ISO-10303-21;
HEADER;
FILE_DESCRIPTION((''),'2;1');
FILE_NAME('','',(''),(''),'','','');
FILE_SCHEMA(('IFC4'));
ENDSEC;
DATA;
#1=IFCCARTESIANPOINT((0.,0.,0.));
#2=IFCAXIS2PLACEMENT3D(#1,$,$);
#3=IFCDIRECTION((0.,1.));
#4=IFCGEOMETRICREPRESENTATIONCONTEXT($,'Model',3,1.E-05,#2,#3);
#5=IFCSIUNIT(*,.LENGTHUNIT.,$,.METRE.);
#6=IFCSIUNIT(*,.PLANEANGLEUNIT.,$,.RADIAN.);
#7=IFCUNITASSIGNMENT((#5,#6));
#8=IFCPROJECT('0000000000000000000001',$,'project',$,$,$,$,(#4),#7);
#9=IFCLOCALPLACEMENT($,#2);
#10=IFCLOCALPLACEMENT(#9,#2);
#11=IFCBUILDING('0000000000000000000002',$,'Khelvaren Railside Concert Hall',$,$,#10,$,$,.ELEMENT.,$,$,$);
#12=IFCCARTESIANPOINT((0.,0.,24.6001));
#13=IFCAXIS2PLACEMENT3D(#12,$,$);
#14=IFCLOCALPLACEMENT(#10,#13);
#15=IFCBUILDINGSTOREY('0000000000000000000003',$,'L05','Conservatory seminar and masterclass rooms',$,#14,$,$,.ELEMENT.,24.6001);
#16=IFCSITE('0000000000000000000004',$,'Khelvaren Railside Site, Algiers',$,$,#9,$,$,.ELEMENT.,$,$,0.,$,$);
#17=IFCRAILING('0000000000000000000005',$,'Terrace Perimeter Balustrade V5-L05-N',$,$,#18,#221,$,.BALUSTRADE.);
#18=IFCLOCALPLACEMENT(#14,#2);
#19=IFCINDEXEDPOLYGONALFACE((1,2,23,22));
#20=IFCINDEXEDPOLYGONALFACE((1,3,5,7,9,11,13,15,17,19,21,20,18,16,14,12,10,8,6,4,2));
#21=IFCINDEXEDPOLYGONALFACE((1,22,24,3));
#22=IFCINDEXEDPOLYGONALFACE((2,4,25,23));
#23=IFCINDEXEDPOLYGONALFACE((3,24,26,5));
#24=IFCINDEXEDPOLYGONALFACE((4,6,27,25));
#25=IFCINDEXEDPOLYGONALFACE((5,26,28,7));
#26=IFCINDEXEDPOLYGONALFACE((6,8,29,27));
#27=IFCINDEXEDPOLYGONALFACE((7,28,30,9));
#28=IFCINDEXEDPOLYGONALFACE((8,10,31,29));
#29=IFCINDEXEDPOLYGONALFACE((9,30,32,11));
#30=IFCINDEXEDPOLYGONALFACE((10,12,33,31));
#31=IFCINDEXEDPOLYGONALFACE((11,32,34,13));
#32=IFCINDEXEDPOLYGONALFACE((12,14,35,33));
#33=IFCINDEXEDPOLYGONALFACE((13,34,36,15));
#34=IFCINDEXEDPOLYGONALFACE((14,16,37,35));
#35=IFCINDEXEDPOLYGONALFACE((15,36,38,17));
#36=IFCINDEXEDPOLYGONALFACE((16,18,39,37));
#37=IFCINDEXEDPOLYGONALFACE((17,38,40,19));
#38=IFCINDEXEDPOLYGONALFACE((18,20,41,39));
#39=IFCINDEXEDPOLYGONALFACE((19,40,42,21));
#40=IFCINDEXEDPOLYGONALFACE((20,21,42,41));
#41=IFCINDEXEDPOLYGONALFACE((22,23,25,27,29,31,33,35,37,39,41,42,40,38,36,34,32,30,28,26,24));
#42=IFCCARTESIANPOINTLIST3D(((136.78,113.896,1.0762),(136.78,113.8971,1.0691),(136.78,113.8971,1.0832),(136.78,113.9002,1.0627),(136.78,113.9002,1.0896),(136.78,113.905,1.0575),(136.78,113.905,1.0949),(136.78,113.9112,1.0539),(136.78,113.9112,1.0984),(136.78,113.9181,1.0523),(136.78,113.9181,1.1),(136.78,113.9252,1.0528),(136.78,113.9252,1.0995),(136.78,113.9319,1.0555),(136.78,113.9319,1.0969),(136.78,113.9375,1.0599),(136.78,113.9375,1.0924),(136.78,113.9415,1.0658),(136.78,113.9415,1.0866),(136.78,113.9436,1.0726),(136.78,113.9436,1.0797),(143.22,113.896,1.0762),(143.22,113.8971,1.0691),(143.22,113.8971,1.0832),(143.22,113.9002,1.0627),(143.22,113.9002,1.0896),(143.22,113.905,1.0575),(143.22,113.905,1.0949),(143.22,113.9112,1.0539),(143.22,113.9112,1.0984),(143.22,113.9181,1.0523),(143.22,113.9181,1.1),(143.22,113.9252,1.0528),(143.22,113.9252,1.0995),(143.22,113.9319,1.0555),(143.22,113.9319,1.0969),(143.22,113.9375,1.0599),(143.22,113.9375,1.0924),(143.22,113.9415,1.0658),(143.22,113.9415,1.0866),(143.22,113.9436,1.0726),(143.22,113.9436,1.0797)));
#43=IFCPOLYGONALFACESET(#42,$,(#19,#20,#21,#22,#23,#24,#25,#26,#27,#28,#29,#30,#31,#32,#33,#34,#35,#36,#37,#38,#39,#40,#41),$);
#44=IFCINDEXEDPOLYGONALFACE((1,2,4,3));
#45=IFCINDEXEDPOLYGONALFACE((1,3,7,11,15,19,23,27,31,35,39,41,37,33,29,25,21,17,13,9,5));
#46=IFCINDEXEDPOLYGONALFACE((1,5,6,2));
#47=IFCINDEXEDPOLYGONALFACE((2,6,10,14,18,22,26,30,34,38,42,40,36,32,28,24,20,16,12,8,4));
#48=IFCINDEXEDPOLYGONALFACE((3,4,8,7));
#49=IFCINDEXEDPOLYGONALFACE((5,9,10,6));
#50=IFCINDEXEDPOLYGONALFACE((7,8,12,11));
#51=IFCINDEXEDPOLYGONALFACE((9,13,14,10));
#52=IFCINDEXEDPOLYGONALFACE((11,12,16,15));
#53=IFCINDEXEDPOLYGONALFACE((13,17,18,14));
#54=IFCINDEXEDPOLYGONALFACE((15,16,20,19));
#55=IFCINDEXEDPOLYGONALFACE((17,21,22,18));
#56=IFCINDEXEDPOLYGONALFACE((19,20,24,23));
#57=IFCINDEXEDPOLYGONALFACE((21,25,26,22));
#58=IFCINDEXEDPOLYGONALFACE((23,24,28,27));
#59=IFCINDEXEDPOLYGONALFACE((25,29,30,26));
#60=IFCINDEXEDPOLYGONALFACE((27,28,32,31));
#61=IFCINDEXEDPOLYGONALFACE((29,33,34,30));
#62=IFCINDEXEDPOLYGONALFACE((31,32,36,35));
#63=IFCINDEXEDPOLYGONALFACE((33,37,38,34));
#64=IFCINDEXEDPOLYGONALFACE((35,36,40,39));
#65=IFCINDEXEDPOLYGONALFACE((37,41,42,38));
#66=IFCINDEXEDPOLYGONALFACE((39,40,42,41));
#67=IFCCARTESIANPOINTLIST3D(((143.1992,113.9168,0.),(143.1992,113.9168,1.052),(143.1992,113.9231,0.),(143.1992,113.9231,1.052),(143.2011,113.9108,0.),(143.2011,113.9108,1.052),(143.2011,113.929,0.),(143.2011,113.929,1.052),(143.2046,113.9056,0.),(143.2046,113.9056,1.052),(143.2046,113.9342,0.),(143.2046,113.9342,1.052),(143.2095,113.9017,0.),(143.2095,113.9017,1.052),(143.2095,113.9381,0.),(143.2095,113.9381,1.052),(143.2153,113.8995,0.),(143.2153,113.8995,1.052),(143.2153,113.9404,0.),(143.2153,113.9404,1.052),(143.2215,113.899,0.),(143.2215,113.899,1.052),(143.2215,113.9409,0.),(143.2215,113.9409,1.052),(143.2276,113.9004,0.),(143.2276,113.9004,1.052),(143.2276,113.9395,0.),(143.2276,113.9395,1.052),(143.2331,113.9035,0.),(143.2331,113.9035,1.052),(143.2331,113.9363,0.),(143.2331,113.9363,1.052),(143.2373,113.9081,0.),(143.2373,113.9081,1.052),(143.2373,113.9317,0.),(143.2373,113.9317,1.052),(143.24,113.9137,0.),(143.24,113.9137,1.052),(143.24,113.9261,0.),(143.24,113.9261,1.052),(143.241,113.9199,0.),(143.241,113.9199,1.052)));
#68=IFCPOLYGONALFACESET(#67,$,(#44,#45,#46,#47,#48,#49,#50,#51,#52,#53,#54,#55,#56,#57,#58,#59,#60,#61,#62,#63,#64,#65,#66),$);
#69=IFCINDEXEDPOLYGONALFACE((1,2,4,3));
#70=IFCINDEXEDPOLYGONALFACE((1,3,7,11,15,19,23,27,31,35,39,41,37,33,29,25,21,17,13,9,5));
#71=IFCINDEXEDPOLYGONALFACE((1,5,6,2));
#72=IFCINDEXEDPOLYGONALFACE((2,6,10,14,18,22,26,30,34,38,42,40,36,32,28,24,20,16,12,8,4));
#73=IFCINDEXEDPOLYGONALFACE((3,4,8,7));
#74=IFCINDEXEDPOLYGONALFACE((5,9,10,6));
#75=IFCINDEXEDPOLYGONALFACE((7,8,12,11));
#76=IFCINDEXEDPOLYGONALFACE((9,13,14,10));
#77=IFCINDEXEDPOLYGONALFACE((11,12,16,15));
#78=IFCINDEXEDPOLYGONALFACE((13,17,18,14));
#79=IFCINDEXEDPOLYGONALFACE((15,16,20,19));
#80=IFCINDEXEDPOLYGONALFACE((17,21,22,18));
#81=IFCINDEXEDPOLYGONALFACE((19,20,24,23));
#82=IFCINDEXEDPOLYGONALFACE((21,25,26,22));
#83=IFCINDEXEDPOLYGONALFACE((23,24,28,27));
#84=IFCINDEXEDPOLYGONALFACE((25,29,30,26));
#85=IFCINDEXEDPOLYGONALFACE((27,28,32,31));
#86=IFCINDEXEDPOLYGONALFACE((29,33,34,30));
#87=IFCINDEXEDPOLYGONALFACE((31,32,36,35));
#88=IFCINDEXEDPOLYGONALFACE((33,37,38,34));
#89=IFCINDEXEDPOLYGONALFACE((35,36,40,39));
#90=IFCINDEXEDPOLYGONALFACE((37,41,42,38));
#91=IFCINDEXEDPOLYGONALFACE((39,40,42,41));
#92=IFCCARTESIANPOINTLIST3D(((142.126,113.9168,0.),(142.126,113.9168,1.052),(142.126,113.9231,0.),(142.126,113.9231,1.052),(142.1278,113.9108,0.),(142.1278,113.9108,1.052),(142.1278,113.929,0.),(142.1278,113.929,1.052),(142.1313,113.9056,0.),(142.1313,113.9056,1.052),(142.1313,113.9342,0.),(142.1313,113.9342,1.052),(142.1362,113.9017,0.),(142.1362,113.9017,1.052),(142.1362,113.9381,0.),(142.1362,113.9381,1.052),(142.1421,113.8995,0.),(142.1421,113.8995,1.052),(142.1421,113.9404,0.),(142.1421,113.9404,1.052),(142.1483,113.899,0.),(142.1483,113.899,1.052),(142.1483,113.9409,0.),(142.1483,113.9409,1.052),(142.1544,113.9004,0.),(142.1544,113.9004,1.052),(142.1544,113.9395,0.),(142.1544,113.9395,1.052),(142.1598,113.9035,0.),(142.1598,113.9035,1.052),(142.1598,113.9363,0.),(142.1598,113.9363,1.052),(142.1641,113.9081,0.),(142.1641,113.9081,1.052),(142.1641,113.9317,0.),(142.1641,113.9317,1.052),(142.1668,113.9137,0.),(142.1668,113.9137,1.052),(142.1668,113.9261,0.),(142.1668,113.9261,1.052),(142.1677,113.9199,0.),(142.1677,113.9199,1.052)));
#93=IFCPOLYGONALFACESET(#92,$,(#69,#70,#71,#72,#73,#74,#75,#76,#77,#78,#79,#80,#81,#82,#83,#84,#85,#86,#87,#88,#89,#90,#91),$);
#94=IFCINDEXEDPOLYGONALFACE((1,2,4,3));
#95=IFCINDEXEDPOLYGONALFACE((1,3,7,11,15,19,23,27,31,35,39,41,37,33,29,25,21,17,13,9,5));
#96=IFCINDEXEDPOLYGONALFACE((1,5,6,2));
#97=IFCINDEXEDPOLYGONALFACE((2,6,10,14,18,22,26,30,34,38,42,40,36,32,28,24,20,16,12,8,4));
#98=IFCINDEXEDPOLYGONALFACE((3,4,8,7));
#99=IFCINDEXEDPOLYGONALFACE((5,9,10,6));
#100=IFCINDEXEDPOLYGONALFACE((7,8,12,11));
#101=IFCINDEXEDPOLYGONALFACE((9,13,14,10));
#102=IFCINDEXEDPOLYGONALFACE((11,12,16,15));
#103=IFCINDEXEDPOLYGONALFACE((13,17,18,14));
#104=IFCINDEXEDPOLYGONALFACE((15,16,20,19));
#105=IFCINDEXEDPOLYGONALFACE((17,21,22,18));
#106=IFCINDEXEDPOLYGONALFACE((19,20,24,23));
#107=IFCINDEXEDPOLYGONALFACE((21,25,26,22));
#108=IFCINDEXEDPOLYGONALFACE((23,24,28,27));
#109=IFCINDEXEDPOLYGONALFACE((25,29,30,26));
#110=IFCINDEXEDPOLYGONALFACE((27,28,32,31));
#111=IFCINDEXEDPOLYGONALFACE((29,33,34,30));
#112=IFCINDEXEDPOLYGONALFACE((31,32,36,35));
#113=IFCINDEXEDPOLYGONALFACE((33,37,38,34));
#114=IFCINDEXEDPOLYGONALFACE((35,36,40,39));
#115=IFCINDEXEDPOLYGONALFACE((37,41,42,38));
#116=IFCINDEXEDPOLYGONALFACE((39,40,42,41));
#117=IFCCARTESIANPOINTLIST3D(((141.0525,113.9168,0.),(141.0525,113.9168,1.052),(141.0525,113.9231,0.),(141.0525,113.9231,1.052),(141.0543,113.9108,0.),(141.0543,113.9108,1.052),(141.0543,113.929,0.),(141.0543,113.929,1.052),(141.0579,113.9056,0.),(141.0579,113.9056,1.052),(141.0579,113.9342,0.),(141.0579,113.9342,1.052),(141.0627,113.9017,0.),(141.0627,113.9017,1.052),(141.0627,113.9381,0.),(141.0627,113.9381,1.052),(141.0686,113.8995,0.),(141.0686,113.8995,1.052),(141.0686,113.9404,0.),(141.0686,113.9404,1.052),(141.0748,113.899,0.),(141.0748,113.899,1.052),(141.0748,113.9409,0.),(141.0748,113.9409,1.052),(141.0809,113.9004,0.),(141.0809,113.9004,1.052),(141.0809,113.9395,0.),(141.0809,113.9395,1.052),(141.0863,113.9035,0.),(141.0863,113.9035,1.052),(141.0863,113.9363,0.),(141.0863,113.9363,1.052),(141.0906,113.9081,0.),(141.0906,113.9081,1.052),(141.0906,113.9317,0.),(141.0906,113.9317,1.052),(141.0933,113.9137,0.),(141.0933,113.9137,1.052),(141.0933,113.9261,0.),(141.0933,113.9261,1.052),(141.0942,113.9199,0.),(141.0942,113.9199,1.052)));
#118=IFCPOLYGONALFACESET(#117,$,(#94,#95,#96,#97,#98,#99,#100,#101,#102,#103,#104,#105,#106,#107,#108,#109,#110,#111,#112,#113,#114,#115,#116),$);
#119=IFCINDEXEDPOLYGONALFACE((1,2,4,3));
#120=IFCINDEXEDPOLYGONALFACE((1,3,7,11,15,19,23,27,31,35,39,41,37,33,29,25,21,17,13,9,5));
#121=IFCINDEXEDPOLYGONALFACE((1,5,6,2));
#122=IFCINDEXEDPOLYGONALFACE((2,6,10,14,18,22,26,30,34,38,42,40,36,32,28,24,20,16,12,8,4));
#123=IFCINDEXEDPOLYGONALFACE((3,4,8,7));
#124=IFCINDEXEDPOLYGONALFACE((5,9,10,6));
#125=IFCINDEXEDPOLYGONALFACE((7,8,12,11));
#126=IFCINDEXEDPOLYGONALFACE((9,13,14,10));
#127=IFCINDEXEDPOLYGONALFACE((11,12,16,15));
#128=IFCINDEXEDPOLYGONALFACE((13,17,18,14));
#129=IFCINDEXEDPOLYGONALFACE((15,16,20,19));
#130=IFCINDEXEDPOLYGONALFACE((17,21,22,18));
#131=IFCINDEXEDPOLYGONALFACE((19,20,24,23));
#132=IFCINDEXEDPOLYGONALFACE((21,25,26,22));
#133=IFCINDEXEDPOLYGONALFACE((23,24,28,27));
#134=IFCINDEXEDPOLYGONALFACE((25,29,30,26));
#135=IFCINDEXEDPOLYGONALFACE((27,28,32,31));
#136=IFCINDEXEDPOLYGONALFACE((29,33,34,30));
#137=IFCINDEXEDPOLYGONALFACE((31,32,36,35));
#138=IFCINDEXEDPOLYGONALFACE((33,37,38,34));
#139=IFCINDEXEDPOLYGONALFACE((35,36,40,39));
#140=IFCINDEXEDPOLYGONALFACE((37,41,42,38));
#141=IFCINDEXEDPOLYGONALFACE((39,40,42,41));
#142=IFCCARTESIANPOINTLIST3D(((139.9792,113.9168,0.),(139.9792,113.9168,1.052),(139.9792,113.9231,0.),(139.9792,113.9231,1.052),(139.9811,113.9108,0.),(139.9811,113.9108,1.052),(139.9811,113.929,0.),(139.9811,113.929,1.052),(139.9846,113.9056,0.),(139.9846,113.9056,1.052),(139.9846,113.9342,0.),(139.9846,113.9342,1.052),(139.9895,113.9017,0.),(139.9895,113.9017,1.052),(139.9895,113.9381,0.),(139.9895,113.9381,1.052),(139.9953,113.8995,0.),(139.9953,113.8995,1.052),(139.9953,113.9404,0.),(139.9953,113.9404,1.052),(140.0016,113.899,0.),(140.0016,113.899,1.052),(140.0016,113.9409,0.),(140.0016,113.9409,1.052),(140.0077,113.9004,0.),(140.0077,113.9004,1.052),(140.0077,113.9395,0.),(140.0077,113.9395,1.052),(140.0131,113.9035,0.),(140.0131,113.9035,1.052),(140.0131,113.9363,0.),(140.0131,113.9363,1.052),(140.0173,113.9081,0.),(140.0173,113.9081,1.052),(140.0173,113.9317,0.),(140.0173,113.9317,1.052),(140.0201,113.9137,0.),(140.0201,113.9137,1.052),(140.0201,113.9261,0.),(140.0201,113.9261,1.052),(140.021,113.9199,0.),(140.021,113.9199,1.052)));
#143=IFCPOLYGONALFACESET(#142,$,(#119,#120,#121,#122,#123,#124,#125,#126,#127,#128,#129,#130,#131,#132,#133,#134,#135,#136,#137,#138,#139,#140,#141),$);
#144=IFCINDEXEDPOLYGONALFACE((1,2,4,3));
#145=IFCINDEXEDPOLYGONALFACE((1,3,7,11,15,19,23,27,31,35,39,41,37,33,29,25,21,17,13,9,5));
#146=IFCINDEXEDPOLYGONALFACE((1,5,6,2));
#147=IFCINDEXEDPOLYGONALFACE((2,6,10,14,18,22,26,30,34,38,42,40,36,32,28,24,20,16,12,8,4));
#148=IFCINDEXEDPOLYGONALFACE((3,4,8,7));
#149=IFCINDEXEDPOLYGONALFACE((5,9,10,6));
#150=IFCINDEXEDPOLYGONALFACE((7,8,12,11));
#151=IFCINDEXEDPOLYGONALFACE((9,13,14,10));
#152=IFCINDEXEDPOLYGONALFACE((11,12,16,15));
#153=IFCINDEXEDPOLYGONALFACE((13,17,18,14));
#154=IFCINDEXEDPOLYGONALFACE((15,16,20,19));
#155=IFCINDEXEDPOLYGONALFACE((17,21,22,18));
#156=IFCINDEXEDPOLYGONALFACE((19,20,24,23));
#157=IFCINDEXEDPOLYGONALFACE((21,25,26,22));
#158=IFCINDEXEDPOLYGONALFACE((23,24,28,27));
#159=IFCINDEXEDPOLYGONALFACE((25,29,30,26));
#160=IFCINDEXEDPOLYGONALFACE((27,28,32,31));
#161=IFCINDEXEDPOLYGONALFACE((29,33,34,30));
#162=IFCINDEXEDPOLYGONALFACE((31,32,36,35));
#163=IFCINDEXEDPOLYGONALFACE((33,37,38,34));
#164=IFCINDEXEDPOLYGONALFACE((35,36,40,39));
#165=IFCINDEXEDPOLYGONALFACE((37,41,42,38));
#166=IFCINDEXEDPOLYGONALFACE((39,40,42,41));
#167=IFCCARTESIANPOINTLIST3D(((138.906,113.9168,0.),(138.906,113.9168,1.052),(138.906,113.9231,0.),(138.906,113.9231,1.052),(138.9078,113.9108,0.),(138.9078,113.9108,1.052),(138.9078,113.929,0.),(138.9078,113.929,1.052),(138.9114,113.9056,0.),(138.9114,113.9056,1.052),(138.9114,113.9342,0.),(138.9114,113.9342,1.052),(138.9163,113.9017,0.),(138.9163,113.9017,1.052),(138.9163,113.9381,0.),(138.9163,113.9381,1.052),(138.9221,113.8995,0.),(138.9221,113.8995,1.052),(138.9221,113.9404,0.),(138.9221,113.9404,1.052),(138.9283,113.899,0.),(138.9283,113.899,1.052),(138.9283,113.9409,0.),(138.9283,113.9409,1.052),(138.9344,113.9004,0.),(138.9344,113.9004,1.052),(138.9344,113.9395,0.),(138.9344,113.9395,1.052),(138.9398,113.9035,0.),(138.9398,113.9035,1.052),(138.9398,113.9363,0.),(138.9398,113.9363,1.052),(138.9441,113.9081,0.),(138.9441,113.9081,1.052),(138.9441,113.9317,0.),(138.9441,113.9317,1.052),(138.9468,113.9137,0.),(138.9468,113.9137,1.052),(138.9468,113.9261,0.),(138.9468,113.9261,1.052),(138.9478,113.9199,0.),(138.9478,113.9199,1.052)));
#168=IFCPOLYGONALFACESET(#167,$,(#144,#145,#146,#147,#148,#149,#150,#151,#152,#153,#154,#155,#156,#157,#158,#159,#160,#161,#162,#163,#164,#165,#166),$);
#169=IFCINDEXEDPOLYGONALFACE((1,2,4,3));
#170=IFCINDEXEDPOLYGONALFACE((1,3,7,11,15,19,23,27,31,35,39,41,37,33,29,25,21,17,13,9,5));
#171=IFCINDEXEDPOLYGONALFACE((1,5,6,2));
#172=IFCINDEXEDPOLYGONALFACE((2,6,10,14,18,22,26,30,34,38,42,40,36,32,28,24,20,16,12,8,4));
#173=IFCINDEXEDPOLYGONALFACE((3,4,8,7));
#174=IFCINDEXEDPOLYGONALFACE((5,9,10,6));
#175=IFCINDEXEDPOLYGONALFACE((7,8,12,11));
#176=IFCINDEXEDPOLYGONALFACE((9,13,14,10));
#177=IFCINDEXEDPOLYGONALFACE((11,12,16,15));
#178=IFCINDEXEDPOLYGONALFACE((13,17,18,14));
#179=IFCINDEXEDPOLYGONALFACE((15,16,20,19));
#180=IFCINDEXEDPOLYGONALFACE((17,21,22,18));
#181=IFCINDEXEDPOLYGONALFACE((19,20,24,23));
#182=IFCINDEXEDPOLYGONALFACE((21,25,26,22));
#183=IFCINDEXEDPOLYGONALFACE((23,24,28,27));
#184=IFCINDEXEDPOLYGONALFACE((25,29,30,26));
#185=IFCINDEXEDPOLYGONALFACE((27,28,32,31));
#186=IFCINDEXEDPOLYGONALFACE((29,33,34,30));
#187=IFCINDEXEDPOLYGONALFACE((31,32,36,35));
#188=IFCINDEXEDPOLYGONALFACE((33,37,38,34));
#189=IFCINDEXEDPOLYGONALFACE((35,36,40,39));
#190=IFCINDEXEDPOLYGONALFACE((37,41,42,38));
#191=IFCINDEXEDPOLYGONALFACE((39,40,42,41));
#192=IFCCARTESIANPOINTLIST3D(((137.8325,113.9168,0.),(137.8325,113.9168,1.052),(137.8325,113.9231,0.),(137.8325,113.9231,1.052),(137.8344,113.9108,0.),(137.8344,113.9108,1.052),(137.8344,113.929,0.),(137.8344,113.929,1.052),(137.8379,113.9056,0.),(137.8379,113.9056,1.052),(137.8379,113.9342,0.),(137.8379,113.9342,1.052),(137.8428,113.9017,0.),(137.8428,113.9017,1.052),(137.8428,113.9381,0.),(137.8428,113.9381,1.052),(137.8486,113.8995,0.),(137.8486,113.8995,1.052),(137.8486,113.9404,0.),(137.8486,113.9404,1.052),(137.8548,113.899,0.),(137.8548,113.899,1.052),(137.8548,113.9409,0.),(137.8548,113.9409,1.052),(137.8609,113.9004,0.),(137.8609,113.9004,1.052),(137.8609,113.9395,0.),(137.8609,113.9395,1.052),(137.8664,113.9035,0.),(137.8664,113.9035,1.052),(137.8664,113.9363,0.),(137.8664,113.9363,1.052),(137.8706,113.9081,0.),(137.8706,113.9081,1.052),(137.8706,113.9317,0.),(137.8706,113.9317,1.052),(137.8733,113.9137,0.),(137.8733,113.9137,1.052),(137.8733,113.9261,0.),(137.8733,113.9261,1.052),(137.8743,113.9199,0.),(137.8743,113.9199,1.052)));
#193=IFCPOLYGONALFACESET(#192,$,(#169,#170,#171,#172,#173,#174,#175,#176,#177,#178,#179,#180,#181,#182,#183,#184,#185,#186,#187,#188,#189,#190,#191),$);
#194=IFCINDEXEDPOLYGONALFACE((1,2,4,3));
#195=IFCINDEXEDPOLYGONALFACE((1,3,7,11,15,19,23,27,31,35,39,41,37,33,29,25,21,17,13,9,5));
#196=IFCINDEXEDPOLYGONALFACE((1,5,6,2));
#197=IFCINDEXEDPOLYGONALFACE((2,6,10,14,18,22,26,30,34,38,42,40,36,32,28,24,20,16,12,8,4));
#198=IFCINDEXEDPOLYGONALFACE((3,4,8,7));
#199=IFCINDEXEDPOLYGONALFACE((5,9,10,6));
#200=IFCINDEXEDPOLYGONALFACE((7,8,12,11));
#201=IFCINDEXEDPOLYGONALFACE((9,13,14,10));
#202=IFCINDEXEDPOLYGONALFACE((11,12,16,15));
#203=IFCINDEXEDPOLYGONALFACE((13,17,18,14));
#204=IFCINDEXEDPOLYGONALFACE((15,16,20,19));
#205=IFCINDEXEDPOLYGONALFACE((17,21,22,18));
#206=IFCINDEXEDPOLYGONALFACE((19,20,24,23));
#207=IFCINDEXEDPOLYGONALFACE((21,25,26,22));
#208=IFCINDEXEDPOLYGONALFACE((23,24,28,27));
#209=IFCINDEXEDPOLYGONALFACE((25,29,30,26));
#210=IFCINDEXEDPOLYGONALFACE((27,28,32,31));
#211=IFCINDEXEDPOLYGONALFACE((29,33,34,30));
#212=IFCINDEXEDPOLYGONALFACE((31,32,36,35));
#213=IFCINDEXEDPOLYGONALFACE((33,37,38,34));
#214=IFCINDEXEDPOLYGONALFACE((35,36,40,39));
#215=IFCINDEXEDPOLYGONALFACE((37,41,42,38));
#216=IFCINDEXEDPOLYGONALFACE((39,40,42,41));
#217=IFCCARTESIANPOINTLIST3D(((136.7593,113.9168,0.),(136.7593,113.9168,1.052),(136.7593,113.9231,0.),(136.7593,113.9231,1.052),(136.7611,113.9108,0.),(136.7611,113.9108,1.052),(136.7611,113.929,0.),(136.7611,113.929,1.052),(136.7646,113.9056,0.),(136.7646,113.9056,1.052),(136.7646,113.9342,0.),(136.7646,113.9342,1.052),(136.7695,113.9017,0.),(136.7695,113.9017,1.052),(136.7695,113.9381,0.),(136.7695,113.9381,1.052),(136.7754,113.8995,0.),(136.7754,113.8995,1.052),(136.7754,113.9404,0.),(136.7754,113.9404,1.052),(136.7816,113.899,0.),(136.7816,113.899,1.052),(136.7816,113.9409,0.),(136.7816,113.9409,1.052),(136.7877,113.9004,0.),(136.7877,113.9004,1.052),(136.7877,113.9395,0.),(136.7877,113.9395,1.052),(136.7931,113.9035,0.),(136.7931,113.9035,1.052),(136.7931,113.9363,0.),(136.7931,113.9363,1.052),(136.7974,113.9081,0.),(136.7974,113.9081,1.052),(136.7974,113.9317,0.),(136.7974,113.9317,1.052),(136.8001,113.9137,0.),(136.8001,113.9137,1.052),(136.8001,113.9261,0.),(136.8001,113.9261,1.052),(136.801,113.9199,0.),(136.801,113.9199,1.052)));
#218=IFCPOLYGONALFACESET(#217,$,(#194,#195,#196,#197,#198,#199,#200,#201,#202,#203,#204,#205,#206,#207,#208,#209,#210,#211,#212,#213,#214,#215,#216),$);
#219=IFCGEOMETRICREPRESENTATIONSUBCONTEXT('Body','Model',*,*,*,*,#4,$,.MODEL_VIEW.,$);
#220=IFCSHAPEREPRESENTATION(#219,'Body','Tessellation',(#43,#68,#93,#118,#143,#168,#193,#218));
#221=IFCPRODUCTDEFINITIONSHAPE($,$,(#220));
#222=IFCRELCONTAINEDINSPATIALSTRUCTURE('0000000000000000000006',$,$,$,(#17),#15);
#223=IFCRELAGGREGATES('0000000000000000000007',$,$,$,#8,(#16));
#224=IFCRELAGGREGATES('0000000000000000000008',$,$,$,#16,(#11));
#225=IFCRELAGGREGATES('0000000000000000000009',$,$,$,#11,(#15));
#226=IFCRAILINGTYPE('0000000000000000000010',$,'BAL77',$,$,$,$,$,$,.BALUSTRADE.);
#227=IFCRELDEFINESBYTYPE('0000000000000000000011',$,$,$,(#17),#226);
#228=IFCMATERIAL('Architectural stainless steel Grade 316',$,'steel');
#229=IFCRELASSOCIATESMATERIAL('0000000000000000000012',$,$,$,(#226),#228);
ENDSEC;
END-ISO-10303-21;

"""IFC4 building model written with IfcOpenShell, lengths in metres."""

from ifc_helpers import new_model, si_unit, direction, frame, origin, origin_2d, place, context, subcontext, project, spatial, circle, extrude, material, type_object, element, save


model = new_model("IFC4")

# Units and contexts
model_context = context("Model", 3, precision=1e-05, world=origin(), true_north=direction((0.0, 1.0)))
body_context = subcontext(model_context, "Body", "Model", "MODEL_VIEW")
ifc_project = project(units=[si_unit("LENGTHUNIT", "METRE"), si_unit("PLANEANGLEUNIT", "RADIAN")], contexts=[model_context])

# Site, building, storey
site_placement = place(None, origin())
site = spatial("IfcSite", under=ifc_project, at=site_placement, Name="Khelvaren Railside Site, Algiers", CompositionType="ELEMENT", RefElevation=0.0)
building_placement = place(site_placement, origin())
building = spatial("IfcBuilding", under=site, at=building_placement, Name="Khelvaren Railside Concert Hall", CompositionType="ELEMENT")
storey_placement = place(building_placement, frame((0.0, 0.0, 24.6001)))
storey = spatial("IfcBuildingStorey", under=building, at=storey_placement, Name="L05", Description="Conservatory seminar and masterclass rooms", CompositionType="ELEMENT", Elevation=24.6001)

# Railing
ifc_material_1 = material(Name="Architectural stainless steel Grade 316", Category="steel")
railing_type = type_object("IfcRailingType", Name="BAL77", PredefinedType="BALUSTRADE", material=ifc_material_1)
railing_1_placement = place(storey_placement, frame((143.22, 113.9199, 0.0)))
element("IfcRailing", 1, at=railing_1_placement, inside=storey, type_object=railing_type, Name="Terrace Perimeter Balustrade V5-L05-N", PredefinedType="BALUSTRADE", context=body_context, shape_type="SweptSolid", body=[
    extrude(circle(Radius=0.0239, at=origin_2d()), frame((0.0, 0.0, 1.0762), z_axis=(-1.0, 0.0, 0.0), x_axis=(0.0, -1.0, 0.0)), (0.0, 0.0, 1.0), 6.4399),
    extrude(circle(Radius=0.021, at=origin_2d()), origin(), (0.0, 0.0, 1.0), 1.052),
    extrude(circle(Radius=0.021, at=origin_2d()), frame((-1.0732, 0.0, 0.0)), (0.0, 0.0, 1.0), 1.052),
    extrude(circle(Radius=0.021, at=origin_2d()), frame((-2.1467, 0.0, 0.0)), (0.0, 0.0, 1.0), 1.052),
    extrude(circle(Radius=0.021, at=origin_2d()), frame((-3.22, 0.0, 0.0)), (0.0, 0.0, 1.0), 1.052),
    extrude(circle(Radius=0.021, at=origin_2d()), frame((-4.2932, 0.0, 0.0)), (0.0, 0.0, 1.0), 1.052),
    extrude(circle(Radius=0.021, at=origin_2d()), frame((-5.3667, 0.0, 0.0)), (0.0, 0.0, 1.0), 1.052),
    extrude(circle(Radius=0.021, at=origin_2d()), frame((-6.4399, 0.0, 0.0)), (0.0, 0.0, 1.0), 1.052),
])

save(model, "model.ifc")
